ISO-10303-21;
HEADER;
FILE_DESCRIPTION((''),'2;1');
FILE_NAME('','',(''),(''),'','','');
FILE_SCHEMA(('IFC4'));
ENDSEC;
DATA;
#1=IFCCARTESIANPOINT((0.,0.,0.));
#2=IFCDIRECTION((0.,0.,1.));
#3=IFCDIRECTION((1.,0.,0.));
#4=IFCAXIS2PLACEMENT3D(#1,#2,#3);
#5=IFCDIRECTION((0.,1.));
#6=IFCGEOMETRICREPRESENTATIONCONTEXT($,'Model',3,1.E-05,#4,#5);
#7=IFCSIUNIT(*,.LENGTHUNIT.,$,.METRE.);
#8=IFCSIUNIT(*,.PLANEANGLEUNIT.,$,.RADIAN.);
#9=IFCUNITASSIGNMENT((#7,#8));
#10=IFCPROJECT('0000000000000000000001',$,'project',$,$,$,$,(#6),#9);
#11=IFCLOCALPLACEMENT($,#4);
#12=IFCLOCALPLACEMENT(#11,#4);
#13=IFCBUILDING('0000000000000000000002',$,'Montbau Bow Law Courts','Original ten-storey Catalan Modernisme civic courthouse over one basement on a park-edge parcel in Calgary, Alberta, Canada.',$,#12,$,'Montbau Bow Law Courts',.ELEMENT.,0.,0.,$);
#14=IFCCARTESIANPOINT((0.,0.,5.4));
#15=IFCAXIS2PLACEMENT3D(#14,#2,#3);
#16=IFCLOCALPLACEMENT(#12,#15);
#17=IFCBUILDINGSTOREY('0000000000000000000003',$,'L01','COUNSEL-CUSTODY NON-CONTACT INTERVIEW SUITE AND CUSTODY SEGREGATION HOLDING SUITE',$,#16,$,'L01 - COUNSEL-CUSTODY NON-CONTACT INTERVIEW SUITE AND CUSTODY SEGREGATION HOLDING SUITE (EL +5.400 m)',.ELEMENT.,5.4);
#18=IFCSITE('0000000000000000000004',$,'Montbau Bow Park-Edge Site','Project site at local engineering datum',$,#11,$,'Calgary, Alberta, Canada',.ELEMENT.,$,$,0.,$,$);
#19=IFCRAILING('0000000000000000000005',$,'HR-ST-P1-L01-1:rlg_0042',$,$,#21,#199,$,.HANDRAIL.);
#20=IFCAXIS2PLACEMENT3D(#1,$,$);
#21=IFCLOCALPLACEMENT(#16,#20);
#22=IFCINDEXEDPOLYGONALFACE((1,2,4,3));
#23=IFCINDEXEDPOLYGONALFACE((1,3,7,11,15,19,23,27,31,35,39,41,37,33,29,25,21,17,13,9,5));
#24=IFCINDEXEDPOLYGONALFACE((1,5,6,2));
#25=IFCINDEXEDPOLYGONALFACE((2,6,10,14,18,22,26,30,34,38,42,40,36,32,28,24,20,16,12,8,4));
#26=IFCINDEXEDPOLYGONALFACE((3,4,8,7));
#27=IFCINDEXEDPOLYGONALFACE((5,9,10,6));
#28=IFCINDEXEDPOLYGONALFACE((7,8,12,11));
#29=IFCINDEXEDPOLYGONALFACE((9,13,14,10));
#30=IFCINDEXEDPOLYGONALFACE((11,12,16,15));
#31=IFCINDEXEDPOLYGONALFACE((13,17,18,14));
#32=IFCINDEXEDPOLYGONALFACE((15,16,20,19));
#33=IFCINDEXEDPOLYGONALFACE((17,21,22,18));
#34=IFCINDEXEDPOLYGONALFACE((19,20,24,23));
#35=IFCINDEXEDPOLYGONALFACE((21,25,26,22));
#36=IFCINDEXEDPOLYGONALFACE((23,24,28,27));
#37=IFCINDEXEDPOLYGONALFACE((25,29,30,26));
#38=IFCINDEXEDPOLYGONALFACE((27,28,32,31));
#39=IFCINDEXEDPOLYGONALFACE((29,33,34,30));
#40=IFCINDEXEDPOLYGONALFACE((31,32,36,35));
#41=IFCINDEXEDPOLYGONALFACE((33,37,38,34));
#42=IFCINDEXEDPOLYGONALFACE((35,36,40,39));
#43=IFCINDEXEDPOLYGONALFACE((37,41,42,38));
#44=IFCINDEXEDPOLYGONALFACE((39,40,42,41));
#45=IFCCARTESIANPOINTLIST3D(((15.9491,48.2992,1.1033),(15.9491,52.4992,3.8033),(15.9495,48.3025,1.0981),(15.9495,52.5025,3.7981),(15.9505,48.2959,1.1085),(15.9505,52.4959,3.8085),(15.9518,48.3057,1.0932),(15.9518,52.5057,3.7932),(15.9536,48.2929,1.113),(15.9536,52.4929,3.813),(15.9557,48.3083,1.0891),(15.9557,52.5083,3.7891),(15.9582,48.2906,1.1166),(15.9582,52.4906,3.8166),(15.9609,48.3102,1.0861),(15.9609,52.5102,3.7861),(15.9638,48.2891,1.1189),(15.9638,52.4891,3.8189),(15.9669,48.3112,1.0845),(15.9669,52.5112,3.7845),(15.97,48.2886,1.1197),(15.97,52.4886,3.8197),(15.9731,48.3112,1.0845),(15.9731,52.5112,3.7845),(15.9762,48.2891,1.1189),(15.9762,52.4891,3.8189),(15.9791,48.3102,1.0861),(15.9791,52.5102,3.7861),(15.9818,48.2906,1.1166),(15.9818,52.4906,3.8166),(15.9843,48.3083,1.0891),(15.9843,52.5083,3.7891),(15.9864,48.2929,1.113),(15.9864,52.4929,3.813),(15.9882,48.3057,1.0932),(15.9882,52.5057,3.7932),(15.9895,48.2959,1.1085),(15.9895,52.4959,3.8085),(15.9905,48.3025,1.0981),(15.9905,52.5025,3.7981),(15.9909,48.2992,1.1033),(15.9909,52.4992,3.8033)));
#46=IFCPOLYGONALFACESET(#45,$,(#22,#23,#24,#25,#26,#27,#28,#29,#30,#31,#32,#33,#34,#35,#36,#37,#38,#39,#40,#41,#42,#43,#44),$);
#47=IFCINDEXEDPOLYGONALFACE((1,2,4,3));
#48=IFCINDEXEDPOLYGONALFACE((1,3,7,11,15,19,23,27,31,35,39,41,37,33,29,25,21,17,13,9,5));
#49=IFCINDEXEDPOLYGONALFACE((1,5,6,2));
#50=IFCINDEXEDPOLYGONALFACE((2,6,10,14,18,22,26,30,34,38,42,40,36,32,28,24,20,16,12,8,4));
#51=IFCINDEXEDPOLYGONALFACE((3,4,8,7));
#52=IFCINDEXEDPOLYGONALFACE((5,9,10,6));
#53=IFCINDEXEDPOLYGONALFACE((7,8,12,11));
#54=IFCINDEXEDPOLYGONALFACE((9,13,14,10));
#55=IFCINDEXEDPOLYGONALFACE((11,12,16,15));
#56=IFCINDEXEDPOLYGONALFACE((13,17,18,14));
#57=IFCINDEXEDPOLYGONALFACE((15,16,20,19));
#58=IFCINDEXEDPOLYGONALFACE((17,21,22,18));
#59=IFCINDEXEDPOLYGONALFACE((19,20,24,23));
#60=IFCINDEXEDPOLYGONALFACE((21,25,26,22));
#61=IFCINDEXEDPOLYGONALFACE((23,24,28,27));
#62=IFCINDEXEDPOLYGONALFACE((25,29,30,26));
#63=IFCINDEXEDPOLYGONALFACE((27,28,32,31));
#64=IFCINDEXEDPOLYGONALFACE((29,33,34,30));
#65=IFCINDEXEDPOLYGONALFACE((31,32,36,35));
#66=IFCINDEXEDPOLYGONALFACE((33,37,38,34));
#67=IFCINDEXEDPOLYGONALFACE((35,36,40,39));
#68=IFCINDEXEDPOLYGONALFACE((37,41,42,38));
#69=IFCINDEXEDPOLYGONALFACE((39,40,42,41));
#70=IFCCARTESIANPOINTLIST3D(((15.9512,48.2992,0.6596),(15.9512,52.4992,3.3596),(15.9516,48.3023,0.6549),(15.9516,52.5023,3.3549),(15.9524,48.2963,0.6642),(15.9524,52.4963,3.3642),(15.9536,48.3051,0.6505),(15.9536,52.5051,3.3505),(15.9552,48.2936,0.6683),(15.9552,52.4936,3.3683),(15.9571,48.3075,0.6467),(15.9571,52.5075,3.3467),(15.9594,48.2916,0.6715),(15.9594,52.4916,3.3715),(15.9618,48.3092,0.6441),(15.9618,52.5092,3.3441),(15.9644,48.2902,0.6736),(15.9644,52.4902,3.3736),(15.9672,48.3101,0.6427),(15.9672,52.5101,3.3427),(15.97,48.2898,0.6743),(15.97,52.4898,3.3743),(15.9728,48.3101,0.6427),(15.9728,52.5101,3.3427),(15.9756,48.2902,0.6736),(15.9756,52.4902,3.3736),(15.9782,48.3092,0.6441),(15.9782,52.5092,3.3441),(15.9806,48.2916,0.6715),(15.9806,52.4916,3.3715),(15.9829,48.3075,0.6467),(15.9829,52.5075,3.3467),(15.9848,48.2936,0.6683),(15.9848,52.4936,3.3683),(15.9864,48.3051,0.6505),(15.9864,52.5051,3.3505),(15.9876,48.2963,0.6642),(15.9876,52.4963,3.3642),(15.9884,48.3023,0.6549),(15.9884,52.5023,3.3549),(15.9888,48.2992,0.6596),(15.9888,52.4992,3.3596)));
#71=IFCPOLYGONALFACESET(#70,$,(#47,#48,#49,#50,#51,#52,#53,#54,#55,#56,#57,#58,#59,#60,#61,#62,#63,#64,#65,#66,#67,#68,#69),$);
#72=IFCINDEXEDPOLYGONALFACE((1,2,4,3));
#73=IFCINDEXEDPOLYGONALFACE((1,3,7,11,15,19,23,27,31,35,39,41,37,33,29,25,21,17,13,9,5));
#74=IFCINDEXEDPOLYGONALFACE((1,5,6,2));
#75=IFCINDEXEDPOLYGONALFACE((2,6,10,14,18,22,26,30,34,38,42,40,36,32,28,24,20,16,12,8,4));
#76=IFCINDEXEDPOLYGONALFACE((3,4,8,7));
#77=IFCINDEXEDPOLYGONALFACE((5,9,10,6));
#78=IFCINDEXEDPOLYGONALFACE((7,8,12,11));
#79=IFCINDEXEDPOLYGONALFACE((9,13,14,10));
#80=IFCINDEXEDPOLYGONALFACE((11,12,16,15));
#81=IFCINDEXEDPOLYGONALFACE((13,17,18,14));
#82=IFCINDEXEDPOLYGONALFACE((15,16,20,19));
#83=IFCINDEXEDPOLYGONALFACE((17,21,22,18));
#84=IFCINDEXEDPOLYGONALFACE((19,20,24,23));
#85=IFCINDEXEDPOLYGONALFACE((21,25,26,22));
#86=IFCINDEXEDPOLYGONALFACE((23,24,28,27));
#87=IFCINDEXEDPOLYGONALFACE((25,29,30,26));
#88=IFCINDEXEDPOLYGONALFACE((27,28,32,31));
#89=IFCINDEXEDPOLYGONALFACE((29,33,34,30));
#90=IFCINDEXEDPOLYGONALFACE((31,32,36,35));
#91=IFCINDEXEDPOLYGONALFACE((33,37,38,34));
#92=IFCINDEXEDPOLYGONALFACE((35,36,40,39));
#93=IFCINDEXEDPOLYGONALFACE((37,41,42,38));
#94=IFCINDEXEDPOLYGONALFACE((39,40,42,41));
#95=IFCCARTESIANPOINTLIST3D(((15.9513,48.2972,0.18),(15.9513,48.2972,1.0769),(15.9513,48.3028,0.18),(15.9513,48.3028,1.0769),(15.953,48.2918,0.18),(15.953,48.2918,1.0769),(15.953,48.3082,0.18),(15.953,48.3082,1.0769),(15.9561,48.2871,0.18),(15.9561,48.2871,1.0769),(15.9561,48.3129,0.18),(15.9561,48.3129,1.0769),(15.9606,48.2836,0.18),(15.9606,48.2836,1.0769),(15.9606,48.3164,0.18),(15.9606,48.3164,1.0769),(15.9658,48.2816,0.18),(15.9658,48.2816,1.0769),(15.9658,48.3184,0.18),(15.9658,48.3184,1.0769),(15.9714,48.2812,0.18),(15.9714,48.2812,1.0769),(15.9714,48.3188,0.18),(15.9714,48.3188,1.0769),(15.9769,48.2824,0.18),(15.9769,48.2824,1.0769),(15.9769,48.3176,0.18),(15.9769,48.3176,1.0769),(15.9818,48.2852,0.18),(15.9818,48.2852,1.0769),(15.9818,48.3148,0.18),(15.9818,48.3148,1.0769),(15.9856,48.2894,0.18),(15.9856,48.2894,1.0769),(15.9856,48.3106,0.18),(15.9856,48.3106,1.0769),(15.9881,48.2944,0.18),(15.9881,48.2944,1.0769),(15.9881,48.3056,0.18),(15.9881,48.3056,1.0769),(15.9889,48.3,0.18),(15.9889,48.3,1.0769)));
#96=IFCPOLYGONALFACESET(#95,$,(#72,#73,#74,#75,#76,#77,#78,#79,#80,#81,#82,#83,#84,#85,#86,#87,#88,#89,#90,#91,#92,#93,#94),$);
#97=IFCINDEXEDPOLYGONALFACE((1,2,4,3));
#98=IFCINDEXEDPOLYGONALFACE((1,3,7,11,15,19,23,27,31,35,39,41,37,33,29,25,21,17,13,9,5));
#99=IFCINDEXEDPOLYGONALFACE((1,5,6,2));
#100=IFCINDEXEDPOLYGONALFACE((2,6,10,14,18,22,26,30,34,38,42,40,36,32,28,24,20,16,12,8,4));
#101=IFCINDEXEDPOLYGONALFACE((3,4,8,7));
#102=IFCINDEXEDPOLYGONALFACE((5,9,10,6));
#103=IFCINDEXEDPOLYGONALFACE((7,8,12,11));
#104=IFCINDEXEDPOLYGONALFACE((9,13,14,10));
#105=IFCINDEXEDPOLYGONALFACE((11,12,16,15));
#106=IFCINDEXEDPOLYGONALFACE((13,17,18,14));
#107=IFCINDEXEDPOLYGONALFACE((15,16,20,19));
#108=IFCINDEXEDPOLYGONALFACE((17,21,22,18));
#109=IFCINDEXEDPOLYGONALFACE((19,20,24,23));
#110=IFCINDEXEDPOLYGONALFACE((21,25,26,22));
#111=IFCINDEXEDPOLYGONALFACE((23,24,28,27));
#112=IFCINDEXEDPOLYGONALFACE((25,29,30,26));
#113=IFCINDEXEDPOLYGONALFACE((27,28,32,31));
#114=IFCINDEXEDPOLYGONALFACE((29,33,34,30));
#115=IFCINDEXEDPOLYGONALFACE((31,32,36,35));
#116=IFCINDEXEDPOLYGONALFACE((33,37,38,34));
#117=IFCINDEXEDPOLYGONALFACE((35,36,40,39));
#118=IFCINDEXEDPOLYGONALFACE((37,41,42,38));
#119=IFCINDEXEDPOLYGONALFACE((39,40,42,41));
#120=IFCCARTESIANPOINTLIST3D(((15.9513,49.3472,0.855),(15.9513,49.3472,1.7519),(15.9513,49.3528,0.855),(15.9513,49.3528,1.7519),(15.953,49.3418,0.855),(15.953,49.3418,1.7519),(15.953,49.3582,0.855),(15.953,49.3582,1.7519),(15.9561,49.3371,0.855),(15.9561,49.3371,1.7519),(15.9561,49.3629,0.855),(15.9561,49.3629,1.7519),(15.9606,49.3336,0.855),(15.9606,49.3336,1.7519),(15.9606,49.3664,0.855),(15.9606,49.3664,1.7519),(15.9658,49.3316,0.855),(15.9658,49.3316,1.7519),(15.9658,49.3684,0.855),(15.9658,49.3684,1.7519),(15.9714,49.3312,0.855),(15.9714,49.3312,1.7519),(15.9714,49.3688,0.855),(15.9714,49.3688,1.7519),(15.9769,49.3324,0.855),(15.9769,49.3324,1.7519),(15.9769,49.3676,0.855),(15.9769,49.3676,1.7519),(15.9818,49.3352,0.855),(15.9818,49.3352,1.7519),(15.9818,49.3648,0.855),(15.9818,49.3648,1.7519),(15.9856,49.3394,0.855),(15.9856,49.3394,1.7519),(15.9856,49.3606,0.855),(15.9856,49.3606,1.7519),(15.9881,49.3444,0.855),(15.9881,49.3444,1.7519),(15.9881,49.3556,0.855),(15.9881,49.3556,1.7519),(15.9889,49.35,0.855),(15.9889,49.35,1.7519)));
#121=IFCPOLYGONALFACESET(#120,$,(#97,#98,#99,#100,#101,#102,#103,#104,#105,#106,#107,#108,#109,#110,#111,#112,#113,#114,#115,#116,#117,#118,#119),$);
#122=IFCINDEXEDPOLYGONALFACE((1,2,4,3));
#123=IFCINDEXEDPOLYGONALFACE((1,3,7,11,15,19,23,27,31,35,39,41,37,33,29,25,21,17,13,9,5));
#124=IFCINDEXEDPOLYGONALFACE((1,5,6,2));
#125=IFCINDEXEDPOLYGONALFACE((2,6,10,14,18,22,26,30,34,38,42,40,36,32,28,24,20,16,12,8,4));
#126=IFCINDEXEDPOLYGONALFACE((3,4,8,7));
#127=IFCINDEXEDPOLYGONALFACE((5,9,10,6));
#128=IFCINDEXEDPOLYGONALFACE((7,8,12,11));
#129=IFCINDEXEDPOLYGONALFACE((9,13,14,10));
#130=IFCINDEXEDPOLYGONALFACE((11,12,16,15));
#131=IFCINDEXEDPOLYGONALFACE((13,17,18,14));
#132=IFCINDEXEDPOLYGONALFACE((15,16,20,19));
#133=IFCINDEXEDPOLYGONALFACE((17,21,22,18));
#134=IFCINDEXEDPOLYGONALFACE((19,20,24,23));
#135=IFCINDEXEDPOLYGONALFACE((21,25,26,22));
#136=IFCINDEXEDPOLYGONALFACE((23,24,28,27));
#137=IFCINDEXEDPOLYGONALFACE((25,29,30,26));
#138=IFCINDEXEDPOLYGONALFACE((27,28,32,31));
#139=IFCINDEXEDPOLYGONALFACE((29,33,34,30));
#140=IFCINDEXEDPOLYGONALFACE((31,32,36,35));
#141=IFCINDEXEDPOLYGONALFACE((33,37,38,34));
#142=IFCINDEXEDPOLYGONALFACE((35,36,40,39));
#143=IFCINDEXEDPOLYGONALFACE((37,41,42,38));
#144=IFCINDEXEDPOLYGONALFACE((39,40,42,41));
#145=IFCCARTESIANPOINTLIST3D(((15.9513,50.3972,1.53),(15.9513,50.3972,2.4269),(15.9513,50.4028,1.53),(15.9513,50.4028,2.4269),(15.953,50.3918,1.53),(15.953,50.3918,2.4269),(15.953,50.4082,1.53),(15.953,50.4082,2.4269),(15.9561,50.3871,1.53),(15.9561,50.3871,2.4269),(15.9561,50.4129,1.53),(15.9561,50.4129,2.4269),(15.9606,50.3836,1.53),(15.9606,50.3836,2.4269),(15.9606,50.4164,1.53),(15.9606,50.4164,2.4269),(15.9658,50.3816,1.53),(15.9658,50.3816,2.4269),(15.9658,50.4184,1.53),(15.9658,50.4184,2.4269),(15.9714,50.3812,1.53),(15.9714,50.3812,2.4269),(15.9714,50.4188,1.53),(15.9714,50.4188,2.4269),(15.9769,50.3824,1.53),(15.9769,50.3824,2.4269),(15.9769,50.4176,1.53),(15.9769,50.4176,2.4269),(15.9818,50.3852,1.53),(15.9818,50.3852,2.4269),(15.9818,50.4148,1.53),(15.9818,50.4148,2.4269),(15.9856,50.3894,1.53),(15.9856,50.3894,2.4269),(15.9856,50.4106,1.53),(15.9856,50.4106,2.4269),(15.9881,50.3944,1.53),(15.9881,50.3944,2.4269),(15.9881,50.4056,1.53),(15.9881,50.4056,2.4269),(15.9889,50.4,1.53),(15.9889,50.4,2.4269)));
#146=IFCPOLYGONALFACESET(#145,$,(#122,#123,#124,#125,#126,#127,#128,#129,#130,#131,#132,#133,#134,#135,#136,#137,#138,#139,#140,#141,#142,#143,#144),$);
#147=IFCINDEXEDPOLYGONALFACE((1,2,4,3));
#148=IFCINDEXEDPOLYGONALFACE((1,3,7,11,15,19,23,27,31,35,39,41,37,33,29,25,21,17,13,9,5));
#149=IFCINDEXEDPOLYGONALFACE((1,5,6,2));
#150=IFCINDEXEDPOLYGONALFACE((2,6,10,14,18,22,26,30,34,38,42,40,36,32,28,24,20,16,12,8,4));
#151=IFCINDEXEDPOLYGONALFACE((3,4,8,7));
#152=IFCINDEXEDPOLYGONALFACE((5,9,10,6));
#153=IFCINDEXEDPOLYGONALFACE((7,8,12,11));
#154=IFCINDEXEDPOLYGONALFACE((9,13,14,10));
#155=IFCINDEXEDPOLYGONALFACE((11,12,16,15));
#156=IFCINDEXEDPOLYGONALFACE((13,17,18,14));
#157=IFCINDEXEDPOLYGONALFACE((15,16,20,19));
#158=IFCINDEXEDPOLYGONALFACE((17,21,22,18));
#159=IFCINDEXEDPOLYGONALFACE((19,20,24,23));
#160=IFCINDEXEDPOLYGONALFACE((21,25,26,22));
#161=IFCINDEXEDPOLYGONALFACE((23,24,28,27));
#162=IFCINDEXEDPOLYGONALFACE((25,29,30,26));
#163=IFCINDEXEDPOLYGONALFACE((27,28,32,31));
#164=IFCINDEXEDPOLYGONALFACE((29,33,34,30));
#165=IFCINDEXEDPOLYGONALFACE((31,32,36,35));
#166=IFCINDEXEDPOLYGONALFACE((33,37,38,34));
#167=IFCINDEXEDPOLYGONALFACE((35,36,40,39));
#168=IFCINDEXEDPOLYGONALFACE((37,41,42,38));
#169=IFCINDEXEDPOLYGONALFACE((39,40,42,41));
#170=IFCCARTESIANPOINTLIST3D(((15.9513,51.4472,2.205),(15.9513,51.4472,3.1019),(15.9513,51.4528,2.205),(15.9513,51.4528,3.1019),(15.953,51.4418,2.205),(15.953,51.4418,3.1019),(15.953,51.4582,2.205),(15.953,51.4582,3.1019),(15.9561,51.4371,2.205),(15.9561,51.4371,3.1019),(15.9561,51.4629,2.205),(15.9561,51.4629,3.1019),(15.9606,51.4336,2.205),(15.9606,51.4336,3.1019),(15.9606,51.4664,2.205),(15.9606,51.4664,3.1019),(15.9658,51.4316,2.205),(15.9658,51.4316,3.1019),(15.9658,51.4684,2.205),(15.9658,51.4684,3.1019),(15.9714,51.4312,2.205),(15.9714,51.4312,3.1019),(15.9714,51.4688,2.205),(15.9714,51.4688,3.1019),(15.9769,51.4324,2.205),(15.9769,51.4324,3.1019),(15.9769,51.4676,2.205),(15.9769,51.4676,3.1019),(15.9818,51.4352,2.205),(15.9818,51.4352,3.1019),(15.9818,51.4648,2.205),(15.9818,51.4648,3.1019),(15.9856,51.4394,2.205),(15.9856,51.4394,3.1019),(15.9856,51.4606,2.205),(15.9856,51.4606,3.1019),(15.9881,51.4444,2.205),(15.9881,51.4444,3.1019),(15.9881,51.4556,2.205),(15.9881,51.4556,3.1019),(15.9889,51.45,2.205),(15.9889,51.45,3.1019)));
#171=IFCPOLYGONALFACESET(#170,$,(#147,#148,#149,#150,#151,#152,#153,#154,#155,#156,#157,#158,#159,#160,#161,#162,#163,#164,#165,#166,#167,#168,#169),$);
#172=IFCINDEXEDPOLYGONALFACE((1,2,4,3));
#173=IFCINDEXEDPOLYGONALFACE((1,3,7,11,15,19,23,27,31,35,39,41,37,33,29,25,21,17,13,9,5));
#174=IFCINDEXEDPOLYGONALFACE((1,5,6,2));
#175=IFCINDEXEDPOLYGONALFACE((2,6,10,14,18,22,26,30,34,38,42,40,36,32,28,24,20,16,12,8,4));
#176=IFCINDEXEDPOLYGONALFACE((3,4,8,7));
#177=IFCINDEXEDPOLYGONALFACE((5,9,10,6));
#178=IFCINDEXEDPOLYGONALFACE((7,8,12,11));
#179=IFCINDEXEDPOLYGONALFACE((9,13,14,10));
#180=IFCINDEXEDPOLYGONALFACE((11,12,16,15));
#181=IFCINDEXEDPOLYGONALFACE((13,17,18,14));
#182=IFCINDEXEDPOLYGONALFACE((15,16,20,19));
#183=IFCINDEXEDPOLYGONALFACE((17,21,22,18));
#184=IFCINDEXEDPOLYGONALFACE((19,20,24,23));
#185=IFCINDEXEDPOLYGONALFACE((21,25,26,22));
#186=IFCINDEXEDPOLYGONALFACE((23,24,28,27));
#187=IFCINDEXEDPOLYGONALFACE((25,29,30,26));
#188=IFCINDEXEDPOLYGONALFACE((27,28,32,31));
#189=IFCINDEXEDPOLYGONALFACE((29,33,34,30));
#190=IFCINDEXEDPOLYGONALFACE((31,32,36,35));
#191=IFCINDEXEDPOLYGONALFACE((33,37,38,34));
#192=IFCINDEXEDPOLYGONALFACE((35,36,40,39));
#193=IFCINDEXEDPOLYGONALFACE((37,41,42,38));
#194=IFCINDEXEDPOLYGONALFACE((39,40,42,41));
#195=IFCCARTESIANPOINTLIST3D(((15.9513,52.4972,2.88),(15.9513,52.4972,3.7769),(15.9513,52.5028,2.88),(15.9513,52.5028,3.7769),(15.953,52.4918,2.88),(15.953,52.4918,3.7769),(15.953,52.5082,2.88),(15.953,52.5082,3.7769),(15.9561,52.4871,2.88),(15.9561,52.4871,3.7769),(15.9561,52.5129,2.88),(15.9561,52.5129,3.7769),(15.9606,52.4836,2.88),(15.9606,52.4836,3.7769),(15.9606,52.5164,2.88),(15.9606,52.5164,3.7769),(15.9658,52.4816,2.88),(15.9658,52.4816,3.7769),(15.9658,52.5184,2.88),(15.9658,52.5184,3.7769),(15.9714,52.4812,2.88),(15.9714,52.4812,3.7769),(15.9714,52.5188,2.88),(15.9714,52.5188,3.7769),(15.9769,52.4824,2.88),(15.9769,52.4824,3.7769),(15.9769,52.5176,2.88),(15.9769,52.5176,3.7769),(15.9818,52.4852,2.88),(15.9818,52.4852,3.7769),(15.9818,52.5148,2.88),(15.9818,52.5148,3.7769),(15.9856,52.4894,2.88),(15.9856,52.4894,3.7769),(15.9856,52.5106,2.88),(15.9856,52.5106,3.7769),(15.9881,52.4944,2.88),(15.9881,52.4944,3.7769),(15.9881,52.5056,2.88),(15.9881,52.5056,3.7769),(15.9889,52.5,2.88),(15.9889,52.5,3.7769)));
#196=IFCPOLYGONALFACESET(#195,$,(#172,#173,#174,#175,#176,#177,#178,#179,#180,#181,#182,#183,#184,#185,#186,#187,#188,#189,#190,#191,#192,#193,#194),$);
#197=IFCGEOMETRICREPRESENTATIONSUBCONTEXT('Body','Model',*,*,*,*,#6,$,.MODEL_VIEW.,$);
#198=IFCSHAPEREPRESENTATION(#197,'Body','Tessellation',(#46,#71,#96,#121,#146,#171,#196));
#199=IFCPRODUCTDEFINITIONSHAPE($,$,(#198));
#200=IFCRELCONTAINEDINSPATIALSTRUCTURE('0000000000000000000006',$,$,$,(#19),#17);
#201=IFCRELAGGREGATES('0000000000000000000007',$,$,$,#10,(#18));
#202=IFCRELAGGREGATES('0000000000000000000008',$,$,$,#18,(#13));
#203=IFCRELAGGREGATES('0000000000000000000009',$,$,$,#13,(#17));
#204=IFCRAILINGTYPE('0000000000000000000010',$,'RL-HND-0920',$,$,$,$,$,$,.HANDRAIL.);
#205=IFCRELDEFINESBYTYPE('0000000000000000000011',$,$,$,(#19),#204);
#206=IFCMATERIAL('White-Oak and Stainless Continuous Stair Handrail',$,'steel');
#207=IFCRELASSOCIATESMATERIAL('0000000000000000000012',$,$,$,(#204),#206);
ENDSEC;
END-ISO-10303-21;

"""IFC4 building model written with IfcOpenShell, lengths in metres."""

from ifc_helpers import new_model, si_unit, direction, frame, origin_with_axes, origin_2d_with_axis, place, context, subcontext, project, spatial, circle, extrude, material, type_object, element, save


model = new_model("IFC4")

# Units and contexts
model_context = context("Model", 3, precision=1e-05, world=origin_with_axes(), true_north=direction((0.0, 1.0)))
body_context = subcontext(model_context, "Body", "Model", "MODEL_VIEW")
ifc_project = project(units=[si_unit("LENGTHUNIT", "METRE"), si_unit("PLANEANGLEUNIT", "RADIAN")], contexts=[model_context])

# Site, building, storey
site_placement = place(None, origin_with_axes())
site = spatial("IfcSite", under=ifc_project, at=site_placement, Name="Montbau Bow Park-Edge Site", Description="Project site at local engineering datum", LongName="Calgary, Alberta, Canada", CompositionType="ELEMENT", RefElevation=0.0)
building_placement = place(site_placement, origin_with_axes())
building = spatial("IfcBuilding", under=site, at=building_placement, Name="Montbau Bow Law Courts", Description="Original ten-storey Catalan Modernisme civic courthouse over one basement on a park-edge parcel in Calgary, Alberta, Canada.", LongName="Montbau Bow Law Courts", CompositionType="ELEMENT", ElevationOfRefHeight=0.0, ElevationOfTerrain=0.0)
storey_placement = place(building_placement, frame((0.0, 0.0, 5.4), z_axis=(0.0, 0.0, 1.0), x_axis=(1.0, 0.0, 0.0)))
storey = spatial("IfcBuildingStorey", under=building, at=storey_placement, Name="L01", Description="COUNSEL-CUSTODY NON-CONTACT INTERVIEW SUITE AND CUSTODY SEGREGATION HOLDING SUITE", LongName="L01 - COUNSEL-CUSTODY NON-CONTACT INTERVIEW SUITE AND CUSTODY SEGREGATION HOLDING SUITE (EL +5.400 m)", CompositionType="ELEMENT", Elevation=5.4)

# Railing
ifc_material_1 = material(Name="White-Oak and Stainless Continuous Stair Handrail", Category="steel")
railing_type_1 = type_object("IfcRailingType", Name="RL-HND-0920", PredefinedType="HANDRAIL", material=ifc_material_1)
railing_1_placement = place(None, origin_with_axes())
element("IfcRailing", 1, at=railing_1_placement, inside=storey, type_object=railing_type_1, Name="HR-ST-P1-L01-1:rlg_0042", PredefinedType="HANDRAIL", context=body_context, shape_type="SweptSolid", body=[
    extrude(circle(Radius=0.021, at=origin_2d_with_axis()), frame((15.97, 48.3, 6.502), z_axis=(0.0, 0.841178, 0.540758), x_axis=(0.0, -0.540758, 0.841178)), (0.0, 0.0, 1.0), 4.993),
    extrude(circle(Radius=0.0189, at=origin_2d_with_axis()), frame((15.97, 48.3, 6.0584), z_axis=(0.0, 0.841178, 0.540758), x_axis=(0.0, -0.540758, 0.841178)), (0.0, 0.0, 1.0), 4.993),
    extrude(circle(Radius=0.0189, at=origin_2d_with_axis()), frame((15.97, 48.3, 5.58), z_axis=(0.0, 0.0, 1.0), x_axis=(1.0, 0.0, 0.0)), (0.0, 0.0, 1.0), 0.8969),
    extrude(circle(Radius=0.0189, at=origin_2d_with_axis()), frame((15.97, 49.35, 6.255), z_axis=(0.0, 0.0, 1.0), x_axis=(1.0, 0.0, 0.0)), (0.0, 0.0, 1.0), 0.8969),
    extrude(circle(Radius=0.0189, at=origin_2d_with_axis()), frame((15.97, 50.4, 6.93), z_axis=(0.0, 0.0, 1.0), x_axis=(1.0, 0.0, 0.0)), (0.0, 0.0, 1.0), 0.8969),
    extrude(circle(Radius=0.0189, at=origin_2d_with_axis()), frame((15.97, 51.45, 7.605), z_axis=(0.0, 0.0, 1.0), x_axis=(1.0, 0.0, 0.0)), (0.0, 0.0, 1.0), 0.8969),
    extrude(circle(Radius=0.0189, at=origin_2d_with_axis()), frame((15.97, 52.5, 8.28), z_axis=(0.0, 0.0, 1.0), x_axis=(1.0, 0.0, 0.0)), (0.0, 0.0, 1.0), 0.8969),
])

save(model, "model.ifc")
